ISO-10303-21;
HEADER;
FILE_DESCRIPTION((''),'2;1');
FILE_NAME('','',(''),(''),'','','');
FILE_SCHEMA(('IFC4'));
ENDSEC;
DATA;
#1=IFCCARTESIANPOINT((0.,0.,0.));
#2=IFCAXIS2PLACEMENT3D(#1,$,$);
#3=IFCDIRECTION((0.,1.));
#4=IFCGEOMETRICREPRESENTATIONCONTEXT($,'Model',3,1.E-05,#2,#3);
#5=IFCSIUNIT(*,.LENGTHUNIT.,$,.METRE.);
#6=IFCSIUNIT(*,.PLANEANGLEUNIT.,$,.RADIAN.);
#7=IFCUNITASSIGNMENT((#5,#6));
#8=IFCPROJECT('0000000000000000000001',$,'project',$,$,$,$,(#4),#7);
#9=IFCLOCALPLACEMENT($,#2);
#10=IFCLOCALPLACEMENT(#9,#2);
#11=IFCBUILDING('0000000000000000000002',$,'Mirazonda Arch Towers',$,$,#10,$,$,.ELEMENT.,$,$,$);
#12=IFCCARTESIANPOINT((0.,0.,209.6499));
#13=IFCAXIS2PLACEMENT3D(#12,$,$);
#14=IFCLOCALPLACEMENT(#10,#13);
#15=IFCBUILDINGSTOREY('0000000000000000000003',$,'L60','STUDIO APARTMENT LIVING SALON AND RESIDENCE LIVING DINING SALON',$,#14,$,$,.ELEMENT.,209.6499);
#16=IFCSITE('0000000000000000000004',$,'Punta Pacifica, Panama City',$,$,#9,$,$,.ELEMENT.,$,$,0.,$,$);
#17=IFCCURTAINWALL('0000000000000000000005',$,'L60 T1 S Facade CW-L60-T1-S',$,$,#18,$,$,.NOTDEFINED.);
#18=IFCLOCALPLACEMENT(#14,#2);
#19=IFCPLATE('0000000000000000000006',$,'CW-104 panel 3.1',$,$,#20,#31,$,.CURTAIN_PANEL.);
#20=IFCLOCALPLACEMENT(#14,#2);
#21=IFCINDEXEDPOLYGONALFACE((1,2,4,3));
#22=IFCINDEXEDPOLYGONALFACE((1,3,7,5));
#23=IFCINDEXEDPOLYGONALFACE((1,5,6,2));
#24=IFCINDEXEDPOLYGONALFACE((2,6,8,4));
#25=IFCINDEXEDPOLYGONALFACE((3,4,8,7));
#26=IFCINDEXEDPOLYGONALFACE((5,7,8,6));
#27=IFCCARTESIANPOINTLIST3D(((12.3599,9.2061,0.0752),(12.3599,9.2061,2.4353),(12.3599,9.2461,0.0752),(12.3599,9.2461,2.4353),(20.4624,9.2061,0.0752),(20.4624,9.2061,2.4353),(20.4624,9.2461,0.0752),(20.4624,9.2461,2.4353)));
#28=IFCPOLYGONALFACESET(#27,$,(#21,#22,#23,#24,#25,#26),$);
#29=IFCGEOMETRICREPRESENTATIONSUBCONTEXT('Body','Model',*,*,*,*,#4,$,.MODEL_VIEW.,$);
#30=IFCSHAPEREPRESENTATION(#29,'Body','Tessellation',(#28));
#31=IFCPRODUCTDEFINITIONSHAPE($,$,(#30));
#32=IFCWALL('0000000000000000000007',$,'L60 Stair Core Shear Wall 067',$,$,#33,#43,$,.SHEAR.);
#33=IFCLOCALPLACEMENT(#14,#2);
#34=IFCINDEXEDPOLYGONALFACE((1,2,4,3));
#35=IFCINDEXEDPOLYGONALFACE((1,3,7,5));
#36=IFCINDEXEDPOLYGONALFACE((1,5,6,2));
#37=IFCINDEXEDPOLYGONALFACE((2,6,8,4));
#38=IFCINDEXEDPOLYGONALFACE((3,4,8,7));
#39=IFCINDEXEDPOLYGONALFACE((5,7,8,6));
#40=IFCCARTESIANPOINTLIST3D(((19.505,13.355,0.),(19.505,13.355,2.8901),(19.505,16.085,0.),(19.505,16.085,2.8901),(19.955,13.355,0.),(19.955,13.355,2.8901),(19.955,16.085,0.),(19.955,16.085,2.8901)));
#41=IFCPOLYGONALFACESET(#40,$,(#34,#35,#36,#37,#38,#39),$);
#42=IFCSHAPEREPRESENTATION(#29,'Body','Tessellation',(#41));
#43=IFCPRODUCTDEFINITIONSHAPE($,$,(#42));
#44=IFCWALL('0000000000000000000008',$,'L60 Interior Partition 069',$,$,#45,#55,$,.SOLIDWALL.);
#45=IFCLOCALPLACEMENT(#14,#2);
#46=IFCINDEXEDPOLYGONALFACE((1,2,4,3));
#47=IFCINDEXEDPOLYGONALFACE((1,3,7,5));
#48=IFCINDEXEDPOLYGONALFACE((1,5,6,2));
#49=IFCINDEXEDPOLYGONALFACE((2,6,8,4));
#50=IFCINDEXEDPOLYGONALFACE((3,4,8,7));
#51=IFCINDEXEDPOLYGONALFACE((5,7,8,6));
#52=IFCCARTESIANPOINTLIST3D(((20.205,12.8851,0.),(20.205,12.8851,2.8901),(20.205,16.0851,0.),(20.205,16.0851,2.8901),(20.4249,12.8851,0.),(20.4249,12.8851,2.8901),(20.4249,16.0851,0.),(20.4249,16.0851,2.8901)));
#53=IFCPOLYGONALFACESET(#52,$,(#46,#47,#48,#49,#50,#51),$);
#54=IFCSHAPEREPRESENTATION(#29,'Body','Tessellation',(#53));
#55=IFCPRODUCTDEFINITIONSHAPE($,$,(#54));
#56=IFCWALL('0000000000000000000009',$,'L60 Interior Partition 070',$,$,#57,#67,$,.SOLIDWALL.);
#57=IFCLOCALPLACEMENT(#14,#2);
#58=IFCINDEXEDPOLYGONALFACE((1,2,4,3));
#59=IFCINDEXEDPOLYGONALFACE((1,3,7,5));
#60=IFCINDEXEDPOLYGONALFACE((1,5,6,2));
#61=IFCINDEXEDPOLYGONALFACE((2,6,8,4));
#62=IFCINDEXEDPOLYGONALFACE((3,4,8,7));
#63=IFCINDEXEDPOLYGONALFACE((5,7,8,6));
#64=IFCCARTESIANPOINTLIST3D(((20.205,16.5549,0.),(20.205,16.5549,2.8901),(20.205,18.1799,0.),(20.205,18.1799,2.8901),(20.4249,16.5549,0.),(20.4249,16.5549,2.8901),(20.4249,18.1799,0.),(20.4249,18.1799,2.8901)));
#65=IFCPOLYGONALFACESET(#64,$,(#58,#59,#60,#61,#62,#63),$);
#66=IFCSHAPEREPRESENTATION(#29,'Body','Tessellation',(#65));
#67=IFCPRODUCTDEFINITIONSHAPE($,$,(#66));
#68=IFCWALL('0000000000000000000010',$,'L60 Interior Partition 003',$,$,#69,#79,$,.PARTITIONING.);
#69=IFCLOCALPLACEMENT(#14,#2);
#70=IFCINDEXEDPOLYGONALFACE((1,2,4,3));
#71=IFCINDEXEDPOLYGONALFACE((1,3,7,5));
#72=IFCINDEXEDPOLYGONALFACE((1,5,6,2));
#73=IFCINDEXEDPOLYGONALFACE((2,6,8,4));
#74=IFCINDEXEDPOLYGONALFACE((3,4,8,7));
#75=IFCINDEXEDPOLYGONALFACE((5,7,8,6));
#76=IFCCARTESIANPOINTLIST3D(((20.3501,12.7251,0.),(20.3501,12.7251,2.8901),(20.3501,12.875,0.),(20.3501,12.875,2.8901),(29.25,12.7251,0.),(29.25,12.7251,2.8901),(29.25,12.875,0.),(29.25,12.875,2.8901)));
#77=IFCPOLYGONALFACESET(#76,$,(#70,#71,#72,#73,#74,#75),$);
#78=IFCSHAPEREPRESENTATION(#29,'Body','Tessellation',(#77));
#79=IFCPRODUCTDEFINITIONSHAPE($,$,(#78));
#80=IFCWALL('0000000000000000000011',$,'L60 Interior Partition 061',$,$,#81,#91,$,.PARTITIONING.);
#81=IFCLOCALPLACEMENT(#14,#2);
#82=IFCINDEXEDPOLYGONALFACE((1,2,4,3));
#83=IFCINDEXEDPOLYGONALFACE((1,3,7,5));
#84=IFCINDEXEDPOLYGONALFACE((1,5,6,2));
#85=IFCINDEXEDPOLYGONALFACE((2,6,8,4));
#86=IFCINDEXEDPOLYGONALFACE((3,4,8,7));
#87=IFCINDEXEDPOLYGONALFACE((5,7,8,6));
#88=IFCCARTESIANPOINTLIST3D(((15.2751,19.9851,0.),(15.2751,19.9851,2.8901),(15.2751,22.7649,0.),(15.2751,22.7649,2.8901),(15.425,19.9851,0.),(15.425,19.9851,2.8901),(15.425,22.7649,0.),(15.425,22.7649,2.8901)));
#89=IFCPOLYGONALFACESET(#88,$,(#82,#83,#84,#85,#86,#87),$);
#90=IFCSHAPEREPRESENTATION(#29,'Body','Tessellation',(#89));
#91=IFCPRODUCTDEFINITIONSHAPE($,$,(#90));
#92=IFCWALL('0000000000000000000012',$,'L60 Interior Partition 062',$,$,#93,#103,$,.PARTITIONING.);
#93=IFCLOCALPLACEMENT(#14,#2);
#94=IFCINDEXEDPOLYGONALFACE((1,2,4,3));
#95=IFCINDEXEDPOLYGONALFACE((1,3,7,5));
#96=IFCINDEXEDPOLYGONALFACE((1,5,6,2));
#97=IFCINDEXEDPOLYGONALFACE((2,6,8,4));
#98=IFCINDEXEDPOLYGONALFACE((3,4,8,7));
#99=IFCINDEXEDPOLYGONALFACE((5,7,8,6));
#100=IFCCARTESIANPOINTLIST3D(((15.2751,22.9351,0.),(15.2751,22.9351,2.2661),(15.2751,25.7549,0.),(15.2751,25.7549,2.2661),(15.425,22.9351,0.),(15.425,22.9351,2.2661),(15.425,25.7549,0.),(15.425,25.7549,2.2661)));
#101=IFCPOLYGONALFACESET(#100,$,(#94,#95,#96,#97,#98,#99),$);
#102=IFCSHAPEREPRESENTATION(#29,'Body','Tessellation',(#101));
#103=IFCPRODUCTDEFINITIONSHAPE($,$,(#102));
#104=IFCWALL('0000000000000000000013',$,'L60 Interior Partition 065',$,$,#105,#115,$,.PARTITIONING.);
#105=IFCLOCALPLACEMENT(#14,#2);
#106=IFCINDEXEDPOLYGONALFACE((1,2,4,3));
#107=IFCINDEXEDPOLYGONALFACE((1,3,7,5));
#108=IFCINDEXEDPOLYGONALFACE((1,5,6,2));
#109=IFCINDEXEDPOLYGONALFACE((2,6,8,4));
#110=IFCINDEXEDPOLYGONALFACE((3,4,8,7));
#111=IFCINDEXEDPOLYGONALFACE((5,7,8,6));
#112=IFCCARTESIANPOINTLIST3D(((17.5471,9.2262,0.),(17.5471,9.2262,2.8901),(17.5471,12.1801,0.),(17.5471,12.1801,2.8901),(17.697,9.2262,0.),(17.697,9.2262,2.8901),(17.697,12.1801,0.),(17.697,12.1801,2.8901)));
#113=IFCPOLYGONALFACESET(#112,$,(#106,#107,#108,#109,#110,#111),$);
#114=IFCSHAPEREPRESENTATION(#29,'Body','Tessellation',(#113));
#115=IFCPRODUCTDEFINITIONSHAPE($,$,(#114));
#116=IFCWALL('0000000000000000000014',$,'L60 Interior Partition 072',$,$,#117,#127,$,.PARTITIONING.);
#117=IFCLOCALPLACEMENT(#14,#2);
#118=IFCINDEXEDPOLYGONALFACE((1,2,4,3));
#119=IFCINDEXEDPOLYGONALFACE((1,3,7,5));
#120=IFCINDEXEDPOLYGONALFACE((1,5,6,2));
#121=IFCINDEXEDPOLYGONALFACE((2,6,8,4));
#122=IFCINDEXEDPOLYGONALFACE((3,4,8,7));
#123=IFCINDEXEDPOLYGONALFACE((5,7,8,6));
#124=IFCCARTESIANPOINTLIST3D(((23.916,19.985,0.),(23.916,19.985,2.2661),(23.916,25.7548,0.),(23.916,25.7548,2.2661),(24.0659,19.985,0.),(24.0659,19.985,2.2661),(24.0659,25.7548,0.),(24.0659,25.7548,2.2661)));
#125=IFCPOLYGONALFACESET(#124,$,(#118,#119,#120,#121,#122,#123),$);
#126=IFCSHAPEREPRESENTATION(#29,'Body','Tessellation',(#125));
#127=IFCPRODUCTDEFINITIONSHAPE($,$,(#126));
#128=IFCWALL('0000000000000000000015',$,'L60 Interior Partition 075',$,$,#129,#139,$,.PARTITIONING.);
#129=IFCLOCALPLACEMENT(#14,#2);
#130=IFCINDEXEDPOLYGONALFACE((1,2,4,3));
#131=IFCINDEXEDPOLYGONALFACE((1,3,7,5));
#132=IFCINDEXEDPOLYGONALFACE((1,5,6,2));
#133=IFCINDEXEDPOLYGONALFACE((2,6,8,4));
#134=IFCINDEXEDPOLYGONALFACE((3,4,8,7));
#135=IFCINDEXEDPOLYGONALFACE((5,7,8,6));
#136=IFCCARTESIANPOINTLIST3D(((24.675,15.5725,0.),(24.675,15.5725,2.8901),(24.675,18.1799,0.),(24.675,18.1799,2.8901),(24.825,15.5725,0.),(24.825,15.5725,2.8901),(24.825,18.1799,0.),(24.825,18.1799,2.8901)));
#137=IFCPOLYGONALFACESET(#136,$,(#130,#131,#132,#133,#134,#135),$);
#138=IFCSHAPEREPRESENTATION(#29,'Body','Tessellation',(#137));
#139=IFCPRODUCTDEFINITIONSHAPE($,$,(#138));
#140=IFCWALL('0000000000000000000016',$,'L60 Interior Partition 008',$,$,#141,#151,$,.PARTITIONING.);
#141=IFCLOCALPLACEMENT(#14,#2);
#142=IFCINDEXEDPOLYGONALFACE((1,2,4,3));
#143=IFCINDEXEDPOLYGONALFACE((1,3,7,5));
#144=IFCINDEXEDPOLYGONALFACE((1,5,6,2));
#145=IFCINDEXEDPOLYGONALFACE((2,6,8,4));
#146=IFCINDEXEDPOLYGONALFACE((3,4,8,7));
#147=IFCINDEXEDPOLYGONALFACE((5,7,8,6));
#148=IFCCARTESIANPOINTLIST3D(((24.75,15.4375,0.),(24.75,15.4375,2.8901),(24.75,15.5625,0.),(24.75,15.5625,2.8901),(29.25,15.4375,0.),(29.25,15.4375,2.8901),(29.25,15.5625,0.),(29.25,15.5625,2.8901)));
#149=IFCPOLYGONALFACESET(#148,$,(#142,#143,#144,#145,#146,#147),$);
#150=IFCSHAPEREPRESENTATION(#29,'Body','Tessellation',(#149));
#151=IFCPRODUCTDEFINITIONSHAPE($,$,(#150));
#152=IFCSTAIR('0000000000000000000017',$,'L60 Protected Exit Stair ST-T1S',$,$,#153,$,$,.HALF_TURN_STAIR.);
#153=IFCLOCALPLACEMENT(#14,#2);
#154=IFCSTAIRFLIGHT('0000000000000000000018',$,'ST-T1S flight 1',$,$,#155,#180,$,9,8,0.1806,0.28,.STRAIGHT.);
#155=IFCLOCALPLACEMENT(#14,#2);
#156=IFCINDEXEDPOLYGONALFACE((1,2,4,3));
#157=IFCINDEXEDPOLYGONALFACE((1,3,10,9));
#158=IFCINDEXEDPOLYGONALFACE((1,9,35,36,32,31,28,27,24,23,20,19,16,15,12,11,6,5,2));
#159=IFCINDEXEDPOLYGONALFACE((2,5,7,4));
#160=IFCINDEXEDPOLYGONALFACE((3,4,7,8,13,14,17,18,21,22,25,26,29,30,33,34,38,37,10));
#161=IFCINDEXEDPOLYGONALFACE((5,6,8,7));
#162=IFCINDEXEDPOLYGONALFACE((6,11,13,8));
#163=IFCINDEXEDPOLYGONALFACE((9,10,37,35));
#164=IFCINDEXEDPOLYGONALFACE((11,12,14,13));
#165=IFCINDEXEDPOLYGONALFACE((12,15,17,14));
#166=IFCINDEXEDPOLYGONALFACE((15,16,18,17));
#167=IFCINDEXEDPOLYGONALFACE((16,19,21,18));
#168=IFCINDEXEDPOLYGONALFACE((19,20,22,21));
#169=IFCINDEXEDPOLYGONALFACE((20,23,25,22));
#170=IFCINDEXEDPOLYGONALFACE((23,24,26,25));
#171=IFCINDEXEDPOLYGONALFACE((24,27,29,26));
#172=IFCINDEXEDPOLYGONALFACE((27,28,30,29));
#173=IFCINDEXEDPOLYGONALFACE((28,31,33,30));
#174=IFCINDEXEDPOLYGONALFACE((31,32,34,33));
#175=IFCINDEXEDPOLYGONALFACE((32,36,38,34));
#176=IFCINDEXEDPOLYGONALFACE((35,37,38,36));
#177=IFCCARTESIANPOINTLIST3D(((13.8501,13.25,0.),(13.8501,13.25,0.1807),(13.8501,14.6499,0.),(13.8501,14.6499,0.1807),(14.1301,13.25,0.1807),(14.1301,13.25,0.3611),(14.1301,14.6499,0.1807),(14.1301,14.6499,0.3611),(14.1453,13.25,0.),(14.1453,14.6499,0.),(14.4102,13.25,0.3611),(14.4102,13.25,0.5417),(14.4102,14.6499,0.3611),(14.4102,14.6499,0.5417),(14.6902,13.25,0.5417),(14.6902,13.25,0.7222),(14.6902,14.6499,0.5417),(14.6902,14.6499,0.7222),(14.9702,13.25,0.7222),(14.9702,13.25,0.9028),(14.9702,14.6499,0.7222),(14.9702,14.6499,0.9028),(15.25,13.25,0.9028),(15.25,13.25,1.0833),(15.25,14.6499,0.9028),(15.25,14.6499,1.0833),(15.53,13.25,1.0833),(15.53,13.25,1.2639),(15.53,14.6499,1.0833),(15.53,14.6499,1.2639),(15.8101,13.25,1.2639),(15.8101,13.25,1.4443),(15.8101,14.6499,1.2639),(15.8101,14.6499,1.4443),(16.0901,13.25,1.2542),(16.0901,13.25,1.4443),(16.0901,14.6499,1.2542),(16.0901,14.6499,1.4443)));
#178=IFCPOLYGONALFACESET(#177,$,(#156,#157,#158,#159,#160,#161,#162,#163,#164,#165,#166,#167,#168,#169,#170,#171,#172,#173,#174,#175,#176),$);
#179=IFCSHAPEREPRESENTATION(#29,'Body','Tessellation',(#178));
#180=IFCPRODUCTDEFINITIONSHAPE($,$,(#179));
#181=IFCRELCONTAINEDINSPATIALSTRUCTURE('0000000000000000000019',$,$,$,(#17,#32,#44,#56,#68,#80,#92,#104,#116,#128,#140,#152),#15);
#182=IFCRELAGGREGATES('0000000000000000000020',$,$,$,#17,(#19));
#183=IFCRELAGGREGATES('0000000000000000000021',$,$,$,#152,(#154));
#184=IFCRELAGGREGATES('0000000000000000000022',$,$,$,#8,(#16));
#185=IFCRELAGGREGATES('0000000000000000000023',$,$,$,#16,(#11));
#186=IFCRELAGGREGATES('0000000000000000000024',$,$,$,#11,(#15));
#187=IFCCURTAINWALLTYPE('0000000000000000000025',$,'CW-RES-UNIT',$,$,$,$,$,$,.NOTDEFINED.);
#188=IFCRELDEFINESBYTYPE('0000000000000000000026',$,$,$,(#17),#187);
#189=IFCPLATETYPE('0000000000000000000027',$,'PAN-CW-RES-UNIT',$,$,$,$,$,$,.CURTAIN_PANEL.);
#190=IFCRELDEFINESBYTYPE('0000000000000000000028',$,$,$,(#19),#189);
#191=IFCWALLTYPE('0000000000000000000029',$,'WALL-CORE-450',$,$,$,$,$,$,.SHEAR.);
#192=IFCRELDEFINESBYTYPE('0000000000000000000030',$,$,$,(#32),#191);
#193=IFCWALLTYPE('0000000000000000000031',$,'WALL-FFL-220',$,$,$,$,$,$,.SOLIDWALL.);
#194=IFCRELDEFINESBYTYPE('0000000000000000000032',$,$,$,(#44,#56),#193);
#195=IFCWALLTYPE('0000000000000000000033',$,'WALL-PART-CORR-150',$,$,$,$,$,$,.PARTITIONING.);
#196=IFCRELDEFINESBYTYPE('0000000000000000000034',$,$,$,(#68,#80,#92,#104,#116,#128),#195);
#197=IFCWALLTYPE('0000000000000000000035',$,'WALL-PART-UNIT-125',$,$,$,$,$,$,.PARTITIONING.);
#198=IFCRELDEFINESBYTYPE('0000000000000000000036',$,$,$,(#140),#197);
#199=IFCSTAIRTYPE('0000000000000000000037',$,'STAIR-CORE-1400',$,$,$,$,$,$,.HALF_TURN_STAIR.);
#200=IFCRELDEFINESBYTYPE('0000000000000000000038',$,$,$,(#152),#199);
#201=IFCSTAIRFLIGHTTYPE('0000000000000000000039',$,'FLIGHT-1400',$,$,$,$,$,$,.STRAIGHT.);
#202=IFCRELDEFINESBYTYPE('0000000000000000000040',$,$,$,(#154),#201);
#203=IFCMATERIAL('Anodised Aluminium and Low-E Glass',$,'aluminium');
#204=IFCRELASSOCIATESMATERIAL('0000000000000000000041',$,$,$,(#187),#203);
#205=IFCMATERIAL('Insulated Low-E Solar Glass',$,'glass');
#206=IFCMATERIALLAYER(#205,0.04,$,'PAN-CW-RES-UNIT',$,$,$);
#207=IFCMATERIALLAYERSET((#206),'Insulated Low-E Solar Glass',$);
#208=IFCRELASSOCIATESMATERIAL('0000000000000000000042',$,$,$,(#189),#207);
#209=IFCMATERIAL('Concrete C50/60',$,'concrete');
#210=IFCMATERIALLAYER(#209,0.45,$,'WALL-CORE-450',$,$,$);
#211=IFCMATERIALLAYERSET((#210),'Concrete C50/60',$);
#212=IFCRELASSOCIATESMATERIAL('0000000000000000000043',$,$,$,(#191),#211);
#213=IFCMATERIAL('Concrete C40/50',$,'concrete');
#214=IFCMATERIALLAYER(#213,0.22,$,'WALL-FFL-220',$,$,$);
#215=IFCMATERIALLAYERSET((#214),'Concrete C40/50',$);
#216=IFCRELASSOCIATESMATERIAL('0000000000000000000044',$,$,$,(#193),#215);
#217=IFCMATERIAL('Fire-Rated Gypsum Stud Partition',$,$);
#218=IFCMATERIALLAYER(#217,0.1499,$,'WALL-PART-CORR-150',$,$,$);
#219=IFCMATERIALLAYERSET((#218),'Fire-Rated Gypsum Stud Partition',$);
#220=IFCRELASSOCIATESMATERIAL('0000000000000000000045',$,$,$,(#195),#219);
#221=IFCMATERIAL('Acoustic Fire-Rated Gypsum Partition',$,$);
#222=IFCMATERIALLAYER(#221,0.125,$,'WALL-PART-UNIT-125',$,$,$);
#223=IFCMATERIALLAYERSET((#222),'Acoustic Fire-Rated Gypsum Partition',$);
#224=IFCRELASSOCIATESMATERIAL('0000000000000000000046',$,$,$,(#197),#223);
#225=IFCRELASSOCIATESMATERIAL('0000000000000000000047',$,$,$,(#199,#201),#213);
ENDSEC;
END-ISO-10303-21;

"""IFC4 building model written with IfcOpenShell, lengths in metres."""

from ifc_helpers import new_model, si_unit, direction, frame, frame_2d, origin, origin_2d, place, context, subcontext, project, spatial, polyline, rectangle, outline, extrude, material, layer, layer_set, type_object, element, aggregate, save


model = new_model("IFC4")

# Units and contexts
model_context = context("Model", 3, precision=1e-05, world=origin(), true_north=direction((0.0, 1.0)))
body_context = subcontext(model_context, "Body", "Model", "MODEL_VIEW")
ifc_project = project(units=[si_unit("LENGTHUNIT", "METRE"), si_unit("PLANEANGLEUNIT", "RADIAN")], contexts=[model_context])

# Site, building, storey
site_placement = place(None, origin())
site = spatial("IfcSite", under=ifc_project, at=site_placement, Name="Punta Pacifica, Panama City", CompositionType="ELEMENT", RefElevation=0.0)
building_placement = place(site_placement, origin())
building = spatial("IfcBuilding", under=site, at=building_placement, Name="Mirazonda Arch Towers", CompositionType="ELEMENT")
storey_placement = place(building_placement, frame((0.0, 0.0, 209.6499)))
storey = spatial("IfcBuildingStorey", under=building, at=storey_placement, Name="L60", Description="STUDIO APARTMENT LIVING SALON AND RESIDENCE LIVING DINING SALON", CompositionType="ELEMENT", Elevation=209.6499)

# Shared definitions
ifc_material_1 = material(Name="Concrete C50/60", Category="concrete")

# Curtain wall, plate
ifc_material_2 = material(Name="Anodised Aluminium and Low-E Glass", Category="aluminium")
curtain_wall_type = type_object("IfcCurtainWallType", Name="CW-RES-UNIT", PredefinedType="NOTDEFINED", material=ifc_material_2)
curtain_wall_placement = place(storey_placement, origin())
curtain_wall = element("IfcCurtainWall", 1, at=curtain_wall_placement, inside=storey, type_object=curtain_wall_type, Name="L60 T1 S Facade CW-L60-T1-S", PredefinedType="NOTDEFINED")
ifc_material_3 = material(Name="Insulated Low-E Solar Glass", Category="glass")
ifc_layer_1 = layer(ifc_material_3, 0.04, Name="PAN-CW-RES-UNIT")
ifc_layer_set_1 = layer_set([ifc_layer_1], Name="Insulated Low-E Solar Glass")
plate_type = type_object("IfcPlateType", Name="PAN-CW-RES-UNIT", PredefinedType="CURTAIN_PANEL", material=ifc_layer_set_1)
plate_1_placement = place(storey_placement, frame((16.4111, 9.2261, 0.0752), z_axis=(0.0, 0.0, 1.0), x_axis=(-1.0, 0.0, 0.0)))
plate_1 = element("IfcPlate", 2, at=plate_1_placement, type_object=plate_type, Name="CW-104 panel 3.1", PredefinedType="CURTAIN_PANEL", context=body_context, shape_type="SweptSolid", body=[
    extrude(rectangle(XDim=8.1025, YDim=0.04, at=origin_2d()), origin(), (0.0, 0.0, 1.0), 2.3601),
])
aggregate(curtain_wall, [plate_1])

# Walls
ifc_layer_2 = layer(ifc_material_1, 0.45, Name="WALL-CORE-450")
ifc_layer_set_2 = layer_set([ifc_layer_2], Name="Concrete C50/60")
wall_type_1 = type_object("IfcWallType", Name="WALL-CORE-450", PredefinedType="SHEAR", material=ifc_layer_set_2)
wall_1_placement = place(storey_placement, frame((19.73, 13.355, 0.0), z_axis=(0.0, 0.0, 1.0), x_axis=(0.0, 1.0, 0.0)))
element("IfcWall", 3, at=wall_1_placement, inside=storey, type_object=wall_type_1, Name="L60 Stair Core Shear Wall 067", PredefinedType="SHEAR", context=body_context, shape_type="SweptSolid", body=[
    extrude(rectangle(XDim=2.73, YDim=0.45, at=frame_2d((1.365, 0.0))), origin(), (0.0, 0.0, 1.0), 2.8901),
])
ifc_material_4 = material(Name="Concrete C40/50", Category="concrete")
ifc_layer_3 = layer(ifc_material_4, 0.22, Name="WALL-FFL-220")
ifc_layer_set_3 = layer_set([ifc_layer_3], Name="Concrete C40/50")
wall_type_2 = type_object("IfcWallType", Name="WALL-FFL-220", PredefinedType="SOLIDWALL", material=ifc_layer_set_3)
wall_2_placement = place(storey_placement, frame((20.3149, 12.885, 0.0), z_axis=(0.0, 0.0, 1.0), x_axis=(0.0, 1.0, 0.0)))
element("IfcWall", 4, at=wall_2_placement, inside=storey, type_object=wall_type_2, Name="L60 Interior Partition 069", PredefinedType="SOLIDWALL", context=body_context, shape_type="SweptSolid", body=[
    extrude(rectangle(XDim=3.2, YDim=0.22, at=frame_2d((1.6001, 0.0))), origin(), (0.0, 0.0, 1.0), 2.8901),
])
wall_3_placement = place(storey_placement, frame((20.3149, 16.5549, 0.0), z_axis=(0.0, 0.0, 1.0), x_axis=(0.0, 1.0, 0.0)))
element("IfcWall", 5, at=wall_3_placement, inside=storey, type_object=wall_type_2, Name="L60 Interior Partition 070", PredefinedType="SOLIDWALL", context=body_context, shape_type="SweptSolid", body=[
    extrude(rectangle(XDim=1.625, YDim=0.22, at=frame_2d((0.8125, 0.0))), origin(), (0.0, 0.0, 1.0), 2.8901),
])
ifc_material_5 = material(Name="Fire-Rated Gypsum Stud Partition")
ifc_layer_4 = layer(ifc_material_5, 0.1499, Name="WALL-PART-CORR-150")
ifc_layer_set_4 = layer_set([ifc_layer_4], Name="Fire-Rated Gypsum Stud Partition")
wall_type_3 = type_object("IfcWallType", Name="WALL-PART-CORR-150", PredefinedType="PARTITIONING", material=ifc_layer_set_4)
wall_4_placement = place(storey_placement, frame((20.3501, 12.8, 0.0), z_axis=(0.0, 0.0, 1.0), x_axis=(1.0, 0.0, 0.0)))
element("IfcWall", 6, at=wall_4_placement, inside=storey, type_object=wall_type_3, Name="L60 Interior Partition 003", PredefinedType="PARTITIONING", context=body_context, shape_type="SweptSolid", body=[
    extrude(rectangle(XDim=8.8999, YDim=0.1499, at=frame_2d((4.45, 0.0))), origin(), (0.0, 0.0, 1.0), 2.8901),
])
wall_5_placement = place(storey_placement, frame((15.3501, 19.9851, 0.0), z_axis=(0.0, 0.0, 1.0), x_axis=(0.0, 1.0, 0.0)))
element("IfcWall", 7, at=wall_5_placement, inside=storey, type_object=wall_type_3, Name="L60 Interior Partition 061", PredefinedType="PARTITIONING", context=body_context, shape_type="SweptSolid", body=[
    extrude(rectangle(XDim=2.7798, YDim=0.1499, at=frame_2d((1.3899, 0.0))), origin(), (0.0, 0.0, 1.0), 2.8901),
])
wall_6_placement = place(storey_placement, frame((15.3501, 22.9351, 0.0), z_axis=(0.0, 0.0, 1.0), x_axis=(0.0, 1.0, 0.0)))
element("IfcWall", 8, at=wall_6_placement, inside=storey, type_object=wall_type_3, Name="L60 Interior Partition 062", PredefinedType="PARTITIONING", context=body_context, shape_type="SweptSolid", body=[
    extrude(rectangle(XDim=2.8198, YDim=0.1499, at=frame_2d((1.4099, 0.0))), origin(), (0.0, 0.0, 1.0), 2.2661),
])
wall_7_placement = place(storey_placement, frame((17.6221, 9.2261, 0.0), z_axis=(0.0, 0.0, 1.0), x_axis=(0.0, 1.0, 0.0)))
element("IfcWall", 9, at=wall_7_placement, inside=storey, type_object=wall_type_3, Name="L60 Interior Partition 065", PredefinedType="PARTITIONING", context=body_context, shape_type="SweptSolid", body=[
    extrude(rectangle(XDim=2.9539, YDim=0.1499, at=frame_2d((1.4771, 0.0))), origin(), (0.0, 0.0, 1.0), 2.8901),
])
wall_8_placement = place(storey_placement, frame((23.991, 19.9851, 0.0), z_axis=(0.0, 0.0, 1.0), x_axis=(0.0, 1.0, 0.0)))
element("IfcWall", 10, at=wall_8_placement, inside=storey, type_object=wall_type_3, Name="L60 Interior Partition 072", PredefinedType="PARTITIONING", context=body_context, shape_type="SweptSolid", body=[
    extrude(rectangle(XDim=5.7698, YDim=0.1499, at=frame_2d((2.8848, 0.0))), origin(), (0.0, 0.0, 1.0), 2.2661),
])

# Walls
wall_9_placement = place(storey_placement, frame((24.75, 15.5725, 0.0), z_axis=(0.0, 0.0, 1.0), x_axis=(0.0, 1.0, 0.0)))
element("IfcWall", 11, at=wall_9_placement, inside=storey, type_object=wall_type_3, Name="L60 Interior Partition 075", PredefinedType="PARTITIONING", context=body_context, shape_type="SweptSolid", body=[
    extrude(rectangle(XDim=2.6074, YDim=0.1499, at=frame_2d((1.3037, 0.0))), origin(), (0.0, 0.0, 1.0), 2.8901),
])
ifc_material_6 = material(Name="Acoustic Fire-Rated Gypsum Partition")
ifc_layer_5 = layer(ifc_material_6, 0.125, Name="WALL-PART-UNIT-125")
ifc_layer_set_5 = layer_set([ifc_layer_5], Name="Acoustic Fire-Rated Gypsum Partition")
wall_type_4 = type_object("IfcWallType", Name="WALL-PART-UNIT-125", PredefinedType="PARTITIONING", material=ifc_layer_set_5)
wall_10_placement = place(storey_placement, frame((24.75, 15.5, 0.0), z_axis=(0.0, 0.0, 1.0), x_axis=(1.0, 0.0, 0.0)))
element("IfcWall", 12, at=wall_10_placement, inside=storey, type_object=wall_type_4, Name="L60 Interior Partition 008", PredefinedType="PARTITIONING", context=body_context, shape_type="SweptSolid", body=[
    extrude(rectangle(XDim=4.5, YDim=0.125, at=frame_2d((2.25, 0.0))), origin(), (0.0, 0.0, 1.0), 2.8901),
])

# Stair, stair flight
stair_type = type_object("IfcStairType", Name="STAIR-CORE-1400", PredefinedType="HALF_TURN_STAIR", material=ifc_material_4)
stair_placement = place(storey_placement, origin())
stair = element("IfcStair", 13, at=stair_placement, inside=storey, type_object=stair_type, Name="L60 Protected Exit Stair ST-T1S", PredefinedType="HALF_TURN_STAIR")
stair_flight_type = type_object("IfcStairFlightType", Name="FLIGHT-1400", PredefinedType="STRAIGHT", material=ifc_material_4)
stair_flight_1_placement = place(storey_placement, frame((13.8501, 13.95, 0.0), z_axis=(0.0, 0.0, 1.0), x_axis=(1.0, 0.0, 0.0)))
stair_flight_1 = element("IfcStairFlight", 14, at=stair_flight_1_placement, type_object=stair_flight_type, Name="ST-T1S flight 1", NumberOfRisers=9, NumberOfTreads=8, PredefinedType="STRAIGHT", RiserHeight=0.1806, TreadLength=0.28, context=body_context, shape_type="SweptSolid", body=[
    extrude(outline(polyline([(0.0, 0.0), (0.0, 0.1807), (0.28, 0.1807), (0.28, 0.3611), (0.5601, 0.3611), (0.5601, 0.5417), (0.8401, 0.5417), (0.8401, 0.7222), (1.1201, 0.7222), (1.1201, 0.9028), (1.3999, 0.9028), (1.3999, 1.0833), (1.6799, 1.0833), (1.6799, 1.2639), (1.96, 1.2639), (1.96, 1.4443), (2.24, 1.4443), (2.24, 1.625), (2.24, 1.2542), (0.2952, 0.0), (0.0, 0.0)])), frame((0.0, 0.7, 0.0), z_axis=(0.0, -1.0, 0.0), x_axis=(1.0, 0.0, 0.0)), (0.0, 0.0, 1.0), 1.3999),
])
aggregate(stair, [stair_flight_1])

save(model, "model.ifc")
